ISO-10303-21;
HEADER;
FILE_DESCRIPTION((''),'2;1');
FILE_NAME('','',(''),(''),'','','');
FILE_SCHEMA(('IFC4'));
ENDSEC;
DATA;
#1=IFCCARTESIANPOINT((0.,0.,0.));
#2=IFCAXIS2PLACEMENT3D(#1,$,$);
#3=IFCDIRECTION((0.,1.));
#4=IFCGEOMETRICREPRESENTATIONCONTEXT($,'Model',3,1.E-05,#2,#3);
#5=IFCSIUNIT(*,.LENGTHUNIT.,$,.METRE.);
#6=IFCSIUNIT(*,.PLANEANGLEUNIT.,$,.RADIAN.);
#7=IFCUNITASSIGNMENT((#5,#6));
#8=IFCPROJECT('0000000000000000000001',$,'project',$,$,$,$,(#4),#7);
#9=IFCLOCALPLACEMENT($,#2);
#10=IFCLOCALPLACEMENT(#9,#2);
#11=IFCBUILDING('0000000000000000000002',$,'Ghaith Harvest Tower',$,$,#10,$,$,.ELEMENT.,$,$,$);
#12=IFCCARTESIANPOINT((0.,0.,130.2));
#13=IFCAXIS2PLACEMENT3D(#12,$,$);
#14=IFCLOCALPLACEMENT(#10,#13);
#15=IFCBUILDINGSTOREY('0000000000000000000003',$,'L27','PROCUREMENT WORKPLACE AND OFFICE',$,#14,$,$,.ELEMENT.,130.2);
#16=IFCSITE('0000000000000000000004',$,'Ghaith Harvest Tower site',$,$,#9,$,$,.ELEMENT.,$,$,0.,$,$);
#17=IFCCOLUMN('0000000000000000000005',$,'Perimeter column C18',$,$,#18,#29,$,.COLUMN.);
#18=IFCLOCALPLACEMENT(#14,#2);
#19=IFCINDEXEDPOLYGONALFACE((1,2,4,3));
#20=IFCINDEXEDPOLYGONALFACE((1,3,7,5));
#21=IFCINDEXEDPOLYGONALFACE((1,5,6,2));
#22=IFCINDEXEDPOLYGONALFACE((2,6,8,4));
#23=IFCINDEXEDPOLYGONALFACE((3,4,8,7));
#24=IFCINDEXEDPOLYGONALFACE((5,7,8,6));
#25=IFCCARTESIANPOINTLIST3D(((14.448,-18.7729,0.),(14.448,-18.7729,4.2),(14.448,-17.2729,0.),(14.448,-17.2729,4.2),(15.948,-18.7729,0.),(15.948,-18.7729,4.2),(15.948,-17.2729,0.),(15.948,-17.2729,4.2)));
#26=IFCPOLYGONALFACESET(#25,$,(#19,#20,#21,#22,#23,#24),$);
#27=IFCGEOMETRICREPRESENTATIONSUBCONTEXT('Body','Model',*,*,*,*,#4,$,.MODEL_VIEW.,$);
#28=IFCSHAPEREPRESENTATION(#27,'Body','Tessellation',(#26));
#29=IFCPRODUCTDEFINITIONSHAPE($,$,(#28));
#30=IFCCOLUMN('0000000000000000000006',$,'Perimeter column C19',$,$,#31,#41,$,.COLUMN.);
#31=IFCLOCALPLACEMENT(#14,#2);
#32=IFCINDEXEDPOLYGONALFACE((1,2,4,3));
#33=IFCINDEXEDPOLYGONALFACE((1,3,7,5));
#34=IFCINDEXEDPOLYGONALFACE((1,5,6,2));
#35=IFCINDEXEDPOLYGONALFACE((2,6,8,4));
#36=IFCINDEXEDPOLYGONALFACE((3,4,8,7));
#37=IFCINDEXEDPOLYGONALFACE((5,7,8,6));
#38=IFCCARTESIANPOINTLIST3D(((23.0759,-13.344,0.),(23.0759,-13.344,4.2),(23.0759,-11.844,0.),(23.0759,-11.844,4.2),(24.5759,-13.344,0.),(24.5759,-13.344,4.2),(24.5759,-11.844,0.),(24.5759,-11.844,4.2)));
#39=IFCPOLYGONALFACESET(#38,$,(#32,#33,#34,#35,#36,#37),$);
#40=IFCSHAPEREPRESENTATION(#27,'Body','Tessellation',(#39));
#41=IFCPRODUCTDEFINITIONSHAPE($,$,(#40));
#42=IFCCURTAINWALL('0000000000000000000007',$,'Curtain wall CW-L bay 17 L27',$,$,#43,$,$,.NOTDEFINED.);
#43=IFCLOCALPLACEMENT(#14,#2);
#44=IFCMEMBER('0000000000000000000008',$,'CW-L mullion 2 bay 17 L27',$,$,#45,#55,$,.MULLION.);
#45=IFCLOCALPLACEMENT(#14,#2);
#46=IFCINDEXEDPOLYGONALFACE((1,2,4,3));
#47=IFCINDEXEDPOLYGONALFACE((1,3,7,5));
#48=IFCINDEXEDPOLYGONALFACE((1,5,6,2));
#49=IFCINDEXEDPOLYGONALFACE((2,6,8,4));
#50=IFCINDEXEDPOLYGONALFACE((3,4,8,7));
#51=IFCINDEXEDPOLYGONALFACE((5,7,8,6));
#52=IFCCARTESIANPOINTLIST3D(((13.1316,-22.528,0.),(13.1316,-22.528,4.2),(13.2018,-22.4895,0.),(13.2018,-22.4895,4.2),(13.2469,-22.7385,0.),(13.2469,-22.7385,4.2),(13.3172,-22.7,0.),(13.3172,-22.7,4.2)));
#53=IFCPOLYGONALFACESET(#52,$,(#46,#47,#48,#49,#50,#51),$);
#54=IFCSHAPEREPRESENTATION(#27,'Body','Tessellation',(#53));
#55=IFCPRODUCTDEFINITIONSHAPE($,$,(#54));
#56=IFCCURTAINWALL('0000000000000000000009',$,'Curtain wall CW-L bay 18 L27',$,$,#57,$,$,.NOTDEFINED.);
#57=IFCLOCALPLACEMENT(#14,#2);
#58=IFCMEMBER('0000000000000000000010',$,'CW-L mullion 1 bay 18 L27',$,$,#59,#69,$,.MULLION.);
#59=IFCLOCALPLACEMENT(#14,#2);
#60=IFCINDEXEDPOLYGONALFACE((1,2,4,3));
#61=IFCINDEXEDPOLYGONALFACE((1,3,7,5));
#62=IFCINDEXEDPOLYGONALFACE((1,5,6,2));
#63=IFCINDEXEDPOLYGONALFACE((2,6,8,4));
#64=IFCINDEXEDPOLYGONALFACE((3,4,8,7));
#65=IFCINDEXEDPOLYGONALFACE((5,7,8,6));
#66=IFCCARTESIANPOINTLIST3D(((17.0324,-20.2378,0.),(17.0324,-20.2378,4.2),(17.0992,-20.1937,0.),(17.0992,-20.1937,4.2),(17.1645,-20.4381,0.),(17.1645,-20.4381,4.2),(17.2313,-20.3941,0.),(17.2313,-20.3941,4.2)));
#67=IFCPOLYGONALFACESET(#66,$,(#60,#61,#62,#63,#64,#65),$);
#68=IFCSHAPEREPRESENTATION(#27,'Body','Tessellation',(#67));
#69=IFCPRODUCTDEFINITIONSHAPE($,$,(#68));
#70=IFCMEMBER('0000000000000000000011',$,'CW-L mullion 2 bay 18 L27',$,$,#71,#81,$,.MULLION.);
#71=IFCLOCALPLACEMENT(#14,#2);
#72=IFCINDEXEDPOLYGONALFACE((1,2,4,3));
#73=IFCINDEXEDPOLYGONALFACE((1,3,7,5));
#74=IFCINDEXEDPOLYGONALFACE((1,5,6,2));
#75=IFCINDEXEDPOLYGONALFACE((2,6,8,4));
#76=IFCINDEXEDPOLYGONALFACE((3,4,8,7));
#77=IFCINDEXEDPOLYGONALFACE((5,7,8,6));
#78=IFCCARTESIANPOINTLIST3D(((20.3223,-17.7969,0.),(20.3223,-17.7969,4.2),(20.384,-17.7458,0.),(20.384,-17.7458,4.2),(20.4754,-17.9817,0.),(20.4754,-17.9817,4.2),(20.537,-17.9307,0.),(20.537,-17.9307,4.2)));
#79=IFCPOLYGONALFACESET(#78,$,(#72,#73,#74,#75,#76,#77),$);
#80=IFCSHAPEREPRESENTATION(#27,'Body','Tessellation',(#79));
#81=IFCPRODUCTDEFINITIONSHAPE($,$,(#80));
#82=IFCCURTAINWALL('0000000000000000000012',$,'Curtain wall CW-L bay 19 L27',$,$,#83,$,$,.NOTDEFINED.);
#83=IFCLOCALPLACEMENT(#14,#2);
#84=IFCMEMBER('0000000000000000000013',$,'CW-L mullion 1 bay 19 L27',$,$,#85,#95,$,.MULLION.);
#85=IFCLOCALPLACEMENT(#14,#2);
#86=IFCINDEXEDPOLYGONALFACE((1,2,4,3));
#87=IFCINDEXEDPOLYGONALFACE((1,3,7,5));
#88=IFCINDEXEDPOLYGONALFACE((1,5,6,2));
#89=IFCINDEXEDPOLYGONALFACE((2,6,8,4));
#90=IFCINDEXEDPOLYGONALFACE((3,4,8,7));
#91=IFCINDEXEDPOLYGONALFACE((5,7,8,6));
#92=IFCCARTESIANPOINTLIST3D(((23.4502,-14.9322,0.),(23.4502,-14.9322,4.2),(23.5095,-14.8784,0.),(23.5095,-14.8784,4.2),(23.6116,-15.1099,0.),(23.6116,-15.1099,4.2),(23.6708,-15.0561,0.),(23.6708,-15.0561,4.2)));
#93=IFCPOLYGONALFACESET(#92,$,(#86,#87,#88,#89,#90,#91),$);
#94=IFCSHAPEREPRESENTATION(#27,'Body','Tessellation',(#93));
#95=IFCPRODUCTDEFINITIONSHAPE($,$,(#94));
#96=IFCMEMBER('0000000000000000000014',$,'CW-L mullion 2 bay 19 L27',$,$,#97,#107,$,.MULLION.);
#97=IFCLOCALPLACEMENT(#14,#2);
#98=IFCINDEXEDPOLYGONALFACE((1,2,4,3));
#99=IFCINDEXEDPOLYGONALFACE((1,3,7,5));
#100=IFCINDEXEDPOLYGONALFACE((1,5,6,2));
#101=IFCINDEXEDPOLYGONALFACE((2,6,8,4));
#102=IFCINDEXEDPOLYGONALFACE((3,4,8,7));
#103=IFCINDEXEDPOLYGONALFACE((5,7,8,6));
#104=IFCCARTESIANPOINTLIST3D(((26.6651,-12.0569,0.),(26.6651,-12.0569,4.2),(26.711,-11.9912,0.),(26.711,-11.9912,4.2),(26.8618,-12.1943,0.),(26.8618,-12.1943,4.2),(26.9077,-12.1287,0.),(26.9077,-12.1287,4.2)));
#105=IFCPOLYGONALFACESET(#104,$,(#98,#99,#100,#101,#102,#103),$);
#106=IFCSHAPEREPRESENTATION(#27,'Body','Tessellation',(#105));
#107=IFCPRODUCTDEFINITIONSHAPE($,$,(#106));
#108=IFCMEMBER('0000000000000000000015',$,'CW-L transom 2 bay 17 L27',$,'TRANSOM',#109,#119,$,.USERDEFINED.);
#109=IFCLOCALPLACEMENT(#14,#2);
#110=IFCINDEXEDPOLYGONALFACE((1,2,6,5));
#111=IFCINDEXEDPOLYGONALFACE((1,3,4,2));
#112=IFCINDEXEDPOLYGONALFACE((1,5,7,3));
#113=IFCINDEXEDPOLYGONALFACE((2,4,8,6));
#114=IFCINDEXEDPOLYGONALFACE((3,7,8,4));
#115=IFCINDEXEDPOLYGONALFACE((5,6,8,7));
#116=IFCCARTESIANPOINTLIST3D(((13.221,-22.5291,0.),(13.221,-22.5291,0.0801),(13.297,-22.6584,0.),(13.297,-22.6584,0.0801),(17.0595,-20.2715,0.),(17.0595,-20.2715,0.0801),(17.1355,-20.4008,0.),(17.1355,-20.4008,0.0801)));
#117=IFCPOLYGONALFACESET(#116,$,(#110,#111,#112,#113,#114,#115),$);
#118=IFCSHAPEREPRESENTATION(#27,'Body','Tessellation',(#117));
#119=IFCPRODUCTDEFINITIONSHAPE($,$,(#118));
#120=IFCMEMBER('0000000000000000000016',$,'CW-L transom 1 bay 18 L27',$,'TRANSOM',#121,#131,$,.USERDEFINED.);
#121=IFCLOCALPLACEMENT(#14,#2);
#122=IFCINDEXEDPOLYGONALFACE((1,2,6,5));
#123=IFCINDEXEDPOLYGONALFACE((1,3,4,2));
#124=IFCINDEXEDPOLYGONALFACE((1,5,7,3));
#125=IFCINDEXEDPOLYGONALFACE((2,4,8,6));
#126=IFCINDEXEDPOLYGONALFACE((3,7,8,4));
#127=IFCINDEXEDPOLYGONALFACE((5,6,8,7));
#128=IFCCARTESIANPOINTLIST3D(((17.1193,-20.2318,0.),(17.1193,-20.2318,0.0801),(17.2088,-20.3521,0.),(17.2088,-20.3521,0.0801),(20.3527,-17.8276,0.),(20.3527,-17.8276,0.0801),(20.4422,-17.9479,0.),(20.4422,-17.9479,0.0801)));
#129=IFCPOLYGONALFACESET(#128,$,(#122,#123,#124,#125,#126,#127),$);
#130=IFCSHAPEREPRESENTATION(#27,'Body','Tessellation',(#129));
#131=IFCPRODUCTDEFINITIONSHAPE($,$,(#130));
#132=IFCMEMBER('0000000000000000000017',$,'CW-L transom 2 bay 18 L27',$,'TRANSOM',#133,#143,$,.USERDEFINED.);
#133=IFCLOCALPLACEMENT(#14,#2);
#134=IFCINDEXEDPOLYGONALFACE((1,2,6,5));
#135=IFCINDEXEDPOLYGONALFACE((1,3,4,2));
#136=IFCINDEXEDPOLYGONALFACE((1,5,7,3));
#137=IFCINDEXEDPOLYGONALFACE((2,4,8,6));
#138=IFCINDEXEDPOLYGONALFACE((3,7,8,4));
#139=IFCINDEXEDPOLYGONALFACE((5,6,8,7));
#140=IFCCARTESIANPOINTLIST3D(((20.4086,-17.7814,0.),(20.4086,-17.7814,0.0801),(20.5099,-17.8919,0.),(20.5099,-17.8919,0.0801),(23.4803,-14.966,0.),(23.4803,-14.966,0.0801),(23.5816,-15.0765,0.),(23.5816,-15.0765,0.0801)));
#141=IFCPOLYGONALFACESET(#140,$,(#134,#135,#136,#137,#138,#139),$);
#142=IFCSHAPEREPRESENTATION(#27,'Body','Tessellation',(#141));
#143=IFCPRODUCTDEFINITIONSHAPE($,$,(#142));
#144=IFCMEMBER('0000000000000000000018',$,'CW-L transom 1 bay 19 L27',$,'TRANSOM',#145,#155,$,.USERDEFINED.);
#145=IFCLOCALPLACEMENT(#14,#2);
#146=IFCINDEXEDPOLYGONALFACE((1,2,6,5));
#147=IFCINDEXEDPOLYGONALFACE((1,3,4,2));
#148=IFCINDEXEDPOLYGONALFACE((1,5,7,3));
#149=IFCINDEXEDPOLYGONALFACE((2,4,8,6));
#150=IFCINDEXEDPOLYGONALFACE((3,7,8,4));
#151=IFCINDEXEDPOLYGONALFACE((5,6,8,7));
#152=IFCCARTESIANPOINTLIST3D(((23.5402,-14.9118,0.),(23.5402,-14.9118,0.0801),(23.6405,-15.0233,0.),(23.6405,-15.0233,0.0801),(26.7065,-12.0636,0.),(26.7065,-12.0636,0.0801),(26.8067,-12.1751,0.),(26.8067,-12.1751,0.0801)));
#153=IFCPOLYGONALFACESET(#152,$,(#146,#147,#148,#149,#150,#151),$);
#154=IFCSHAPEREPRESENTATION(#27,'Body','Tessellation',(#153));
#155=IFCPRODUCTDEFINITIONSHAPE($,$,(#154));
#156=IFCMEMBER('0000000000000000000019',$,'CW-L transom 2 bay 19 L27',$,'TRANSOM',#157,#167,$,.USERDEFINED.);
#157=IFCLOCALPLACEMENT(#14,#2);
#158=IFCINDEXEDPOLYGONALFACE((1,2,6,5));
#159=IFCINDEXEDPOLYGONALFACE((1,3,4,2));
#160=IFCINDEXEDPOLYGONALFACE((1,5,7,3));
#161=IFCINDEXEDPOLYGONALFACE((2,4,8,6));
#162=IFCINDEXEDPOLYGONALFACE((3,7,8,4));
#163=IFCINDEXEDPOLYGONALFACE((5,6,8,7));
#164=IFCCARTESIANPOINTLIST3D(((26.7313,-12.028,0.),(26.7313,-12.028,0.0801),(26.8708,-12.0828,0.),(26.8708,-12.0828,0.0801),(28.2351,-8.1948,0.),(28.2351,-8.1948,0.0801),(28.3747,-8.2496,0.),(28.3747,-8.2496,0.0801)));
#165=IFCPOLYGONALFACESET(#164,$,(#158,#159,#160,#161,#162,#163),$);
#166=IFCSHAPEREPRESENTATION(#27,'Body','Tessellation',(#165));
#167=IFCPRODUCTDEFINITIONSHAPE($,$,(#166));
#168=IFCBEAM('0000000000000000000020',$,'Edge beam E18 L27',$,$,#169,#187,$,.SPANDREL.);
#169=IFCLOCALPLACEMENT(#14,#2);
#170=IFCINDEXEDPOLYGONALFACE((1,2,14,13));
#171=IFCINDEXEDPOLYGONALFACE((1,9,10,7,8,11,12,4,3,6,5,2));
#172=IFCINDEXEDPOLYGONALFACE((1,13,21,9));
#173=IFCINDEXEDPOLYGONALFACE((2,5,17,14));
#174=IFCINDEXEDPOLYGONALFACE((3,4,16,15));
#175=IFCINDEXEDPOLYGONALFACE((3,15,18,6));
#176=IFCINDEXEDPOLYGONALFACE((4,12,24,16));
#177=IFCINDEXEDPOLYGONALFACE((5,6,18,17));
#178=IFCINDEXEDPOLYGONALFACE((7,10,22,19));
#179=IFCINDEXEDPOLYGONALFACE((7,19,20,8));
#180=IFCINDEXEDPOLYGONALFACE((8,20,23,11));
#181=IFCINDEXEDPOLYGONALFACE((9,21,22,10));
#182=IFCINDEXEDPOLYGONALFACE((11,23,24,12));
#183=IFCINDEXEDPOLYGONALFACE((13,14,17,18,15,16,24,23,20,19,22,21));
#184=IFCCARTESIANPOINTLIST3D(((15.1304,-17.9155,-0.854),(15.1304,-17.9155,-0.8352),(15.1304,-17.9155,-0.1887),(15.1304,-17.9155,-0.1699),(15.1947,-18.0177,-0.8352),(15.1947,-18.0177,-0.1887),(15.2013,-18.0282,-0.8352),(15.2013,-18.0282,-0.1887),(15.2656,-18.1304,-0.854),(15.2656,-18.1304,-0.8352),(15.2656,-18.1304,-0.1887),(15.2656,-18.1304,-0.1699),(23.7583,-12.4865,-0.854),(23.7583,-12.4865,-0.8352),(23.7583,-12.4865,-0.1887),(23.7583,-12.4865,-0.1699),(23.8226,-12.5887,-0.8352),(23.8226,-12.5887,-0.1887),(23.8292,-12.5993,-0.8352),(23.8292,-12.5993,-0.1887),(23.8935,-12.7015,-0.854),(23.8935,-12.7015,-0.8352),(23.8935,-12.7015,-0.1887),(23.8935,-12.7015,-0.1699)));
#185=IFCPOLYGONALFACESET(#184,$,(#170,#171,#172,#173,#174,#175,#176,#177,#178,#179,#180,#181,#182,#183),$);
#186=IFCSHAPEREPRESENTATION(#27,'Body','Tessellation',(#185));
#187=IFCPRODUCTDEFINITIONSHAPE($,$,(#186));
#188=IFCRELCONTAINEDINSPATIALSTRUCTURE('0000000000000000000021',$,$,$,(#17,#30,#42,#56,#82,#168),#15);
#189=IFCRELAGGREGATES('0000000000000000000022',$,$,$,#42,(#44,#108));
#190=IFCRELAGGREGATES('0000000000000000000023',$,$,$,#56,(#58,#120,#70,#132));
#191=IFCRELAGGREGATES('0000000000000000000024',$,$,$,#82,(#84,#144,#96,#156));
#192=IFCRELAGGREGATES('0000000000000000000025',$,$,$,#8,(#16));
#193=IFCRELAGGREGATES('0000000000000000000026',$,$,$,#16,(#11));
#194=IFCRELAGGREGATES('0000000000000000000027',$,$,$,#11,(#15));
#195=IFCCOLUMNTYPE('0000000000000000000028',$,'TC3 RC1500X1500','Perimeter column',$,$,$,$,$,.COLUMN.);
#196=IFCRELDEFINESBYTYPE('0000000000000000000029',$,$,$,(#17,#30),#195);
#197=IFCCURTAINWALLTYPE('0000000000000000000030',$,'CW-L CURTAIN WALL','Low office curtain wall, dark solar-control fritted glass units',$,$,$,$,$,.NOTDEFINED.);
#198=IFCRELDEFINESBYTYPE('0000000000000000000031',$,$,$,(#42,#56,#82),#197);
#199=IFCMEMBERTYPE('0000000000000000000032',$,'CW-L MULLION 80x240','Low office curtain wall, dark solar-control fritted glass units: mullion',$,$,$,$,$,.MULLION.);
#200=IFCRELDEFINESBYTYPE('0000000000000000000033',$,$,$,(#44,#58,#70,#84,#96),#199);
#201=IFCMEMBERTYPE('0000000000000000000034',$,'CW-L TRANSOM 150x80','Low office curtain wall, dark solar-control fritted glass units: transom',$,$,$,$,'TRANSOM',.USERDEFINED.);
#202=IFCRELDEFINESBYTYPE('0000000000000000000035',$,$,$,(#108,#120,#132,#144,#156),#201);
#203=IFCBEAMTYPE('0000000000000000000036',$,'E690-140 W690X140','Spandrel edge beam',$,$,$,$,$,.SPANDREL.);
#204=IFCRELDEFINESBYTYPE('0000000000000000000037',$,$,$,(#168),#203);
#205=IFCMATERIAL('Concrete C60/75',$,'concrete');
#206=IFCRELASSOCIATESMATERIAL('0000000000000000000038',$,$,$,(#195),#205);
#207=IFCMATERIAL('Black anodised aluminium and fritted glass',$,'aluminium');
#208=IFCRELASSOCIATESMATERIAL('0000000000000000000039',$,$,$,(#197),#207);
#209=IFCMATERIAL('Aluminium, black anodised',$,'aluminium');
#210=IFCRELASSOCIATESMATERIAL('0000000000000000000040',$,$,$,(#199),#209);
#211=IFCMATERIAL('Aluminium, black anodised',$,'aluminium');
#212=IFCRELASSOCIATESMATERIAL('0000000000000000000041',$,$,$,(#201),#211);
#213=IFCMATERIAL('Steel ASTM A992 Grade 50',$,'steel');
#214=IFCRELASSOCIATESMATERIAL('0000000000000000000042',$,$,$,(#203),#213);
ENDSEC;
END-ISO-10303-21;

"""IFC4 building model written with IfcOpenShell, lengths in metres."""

from ifc_helpers import new_model, si_unit, direction, frame, origin, origin_2d, place, context, subcontext, project, spatial, rectangle, i_section, extrude, material, material_profile, profile_set, type_object, element, aggregate, save


model = new_model("IFC4")

# Units and contexts
model_context = context("Model", 3, precision=1e-05, world=origin(), true_north=direction((0.0, 1.0)))
body_context = subcontext(model_context, "Body", "Model", "MODEL_VIEW")
ifc_project = project(units=[si_unit("LENGTHUNIT", "METRE"), si_unit("PLANEANGLEUNIT", "RADIAN")], contexts=[model_context])

# Site, building, storey
site_placement = place(None, origin())
site = spatial("IfcSite", under=ifc_project, at=site_placement, Name="Ghaith Harvest Tower site", CompositionType="ELEMENT", RefElevation=0.0)
building_placement = place(site_placement, origin())
building = spatial("IfcBuilding", under=site, at=building_placement, Name="Ghaith Harvest Tower", CompositionType="ELEMENT")
storey_placement = place(building_placement, frame((0.0, 0.0, 130.2)))
storey = spatial("IfcBuildingStorey", under=building, at=storey_placement, Name="L27", Description="PROCUREMENT WORKPLACE AND OFFICE", CompositionType="ELEMENT", Elevation=130.2)

# Columns
ifc_material_1 = material(Name="Concrete C60/75", Category="concrete")
ifc_material_profile_1 = material_profile(ifc_material_1, rectangle(XDim=1.5, YDim=1.5, at=origin_2d()), Name="RC1500X1500")
ifc_profile_set_1 = profile_set([ifc_material_profile_1], Name="Concrete C60/75")
column_type = type_object("IfcColumnType", Name="TC3 RC1500X1500", Description="Perimeter column", PredefinedType="COLUMN", material=ifc_profile_set_1)
for number, where, z_axis, x_axis, name in (
    (1, (15.198, -18.0229, 0.0), (0.0, 0.0, 1.0), (1.0, 0.0, 0.0), "Perimeter column C18"),
    (2, (23.8259, -12.594, 0.0), (0.0, 0.0, 1.0), (1.0, 0.0, 0.0), "Perimeter column C19"),
):
    element("IfcColumn", number, at=place(storey_placement, frame(where, z_axis=z_axis, x_axis=x_axis)), inside=storey, type_object=column_type, Name=name, PredefinedType="COLUMN", context=body_context, shape_type="SweptSolid", body=[
        extrude(rectangle(XDim=1.5, YDim=1.5, at=origin_2d()), origin(), (0.0, 0.0, 1.0), 4.2),
    ])

# Curtain wall, member
ifc_material_2 = material(Name="Black anodised aluminium and fritted glass", Category="aluminium")
curtain_wall_type = type_object("IfcCurtainWallType", Name="CW-L CURTAIN WALL", Description="Low office curtain wall, dark solar-control fritted glass units", PredefinedType="NOTDEFINED", material=ifc_material_2)
curtain_wall_1_placement = place(storey_placement, origin())
curtain_wall_1 = element("IfcCurtainWall", 3, at=curtain_wall_1_placement, inside=storey, type_object=curtain_wall_type, Name="Curtain wall CW-L bay 17 L27", PredefinedType="NOTDEFINED")
ifc_material_3 = material(Name="Aluminium, black anodised", Category="aluminium")
ifc_material_profile_2 = material_profile(ifc_material_3, rectangle(XDim=0.0801, YDim=0.24, at=origin_2d()), Name="CW-L MULLION 80x240")
ifc_profile_set_2 = profile_set([ifc_material_profile_2], Name="Aluminium, black anodised")
member_type_1 = type_object("IfcMemberType", Name="CW-L MULLION 80x240", Description="Low office curtain wall, dark solar-control fritted glass units: mullion", PredefinedType="MULLION", material=ifc_profile_set_2)
member_1_placement = place(storey_placement, frame((13.2244, -22.614, 0.0), z_axis=(0.0, 0.0, 1.0), x_axis=(0.876899, 0.480675, 0.0)))
member_1 = element("IfcMember", 4, at=member_1_placement, type_object=member_type_1, Name="CW-L mullion 2 bay 17 L27", PredefinedType="MULLION", context=body_context, shape_type="SweptSolid", body=[
    extrude(rectangle(XDim=0.0801, YDim=0.24, at=origin_2d()), origin(), (0.0, 0.0, 1.0), 4.2),
])

# Curtain walls, members
curtain_wall_2_placement = place(storey_placement, origin())
curtain_wall_2 = element("IfcCurtainWall", 5, at=curtain_wall_2_placement, inside=storey, type_object=curtain_wall_type, Name="Curtain wall CW-L bay 18 L27", PredefinedType="NOTDEFINED")
member_2_placement = place(storey_placement, frame((17.1318, -20.3159, 0.0), z_axis=(0.0, 0.0, 1.0), x_axis=(0.834887, 0.550421, 0.0)))
member_2 = element("IfcMember", 6, at=member_2_placement, type_object=member_type_1, Name="CW-L mullion 1 bay 18 L27", PredefinedType="MULLION", context=body_context, shape_type="SweptSolid", body=[
    extrude(rectangle(XDim=0.0801, YDim=0.24, at=origin_2d()), origin(), (0.0, 0.0, 1.0), 4.2),
])
member_3_placement = place(storey_placement, frame((20.4297, -17.8638, 0.0), z_axis=(0.0, 0.0, 1.0), x_axis=(0.770306, 0.637674, 0.0)))
member_3 = element("IfcMember", 7, at=member_3_placement, type_object=member_type_1, Name="CW-L mullion 2 bay 18 L27", PredefinedType="MULLION", context=body_context, shape_type="SweptSolid", body=[
    extrude(rectangle(XDim=0.0801, YDim=0.24, at=origin_2d()), origin(), (0.0, 0.0, 1.0), 4.2),
])
curtain_wall_3_placement = place(storey_placement, origin())
curtain_wall_3 = element("IfcCurtainWall", 8, at=curtain_wall_3_placement, inside=storey, type_object=curtain_wall_type, Name="Curtain wall CW-L bay 19 L27", PredefinedType="NOTDEFINED")
member_4_placement = place(storey_placement, frame((23.5605, -14.9941, 0.0), z_axis=(0.0, 0.0, 1.0), x_axis=(0.740389, 0.672179, 0.0)))
member_4 = element("IfcMember", 9, at=member_4_placement, type_object=member_type_1, Name="CW-L mullion 1 bay 19 L27", PredefinedType="MULLION", context=body_context, shape_type="SweptSolid", body=[
    extrude(rectangle(XDim=0.0801, YDim=0.24, at=origin_2d()), origin(), (0.0, 0.0, 1.0), 4.2),
])
member_5_placement = place(storey_placement, frame((26.7864, -12.0928, 0.0), z_axis=(0.0, 0.0, 1.0), x_axis=(0.572853, 0.819658, 0.0)))
member_5 = element("IfcMember", 10, at=member_5_placement, type_object=member_type_1, Name="CW-L mullion 2 bay 19 L27", PredefinedType="MULLION", context=body_context, shape_type="SweptSolid", body=[
    extrude(rectangle(XDim=0.0801, YDim=0.24, at=origin_2d()), origin(), (0.0, 0.0, 1.0), 4.2),
])

# Members
ifc_material_4 = material(Name="Aluminium, black anodised", Category="aluminium")
ifc_material_profile_3 = material_profile(ifc_material_4, rectangle(XDim=0.1499, YDim=0.0801, at=origin_2d()), Name="CW-L TRANSOM 150x80")
ifc_profile_set_3 = profile_set([ifc_material_profile_3], Name="Aluminium, black anodised")
member_type_2 = type_object("IfcMemberType", Name="CW-L TRANSOM 150x80", Description="Low office curtain wall, dark solar-control fritted glass units: transom", ElementType="TRANSOM", PredefinedType="USERDEFINED", material=ifc_profile_set_3)
member_6_placement = place(storey_placement, frame((13.259, -22.5938, 0.04), z_axis=(0.861964, 0.50697, 0.0), x_axis=(-0.50697, 0.861964, 0.0)))
member_6 = element("IfcMember", 11, at=member_6_placement, type_object=member_type_2, Name="CW-L transom 2 bay 17 L27", ObjectType="TRANSOM", PredefinedType="USERDEFINED", context=body_context, shape_type="SweptSolid", body=[
    extrude(rectangle(XDim=0.1499, YDim=0.0801, at=origin_2d()), origin(), (0.0, 0.0, 1.0), 4.4531),
])
member_7_placement = place(storey_placement, frame((17.1641, -20.292, 0.04), z_axis=(0.802465, 0.596699, 0.0), x_axis=(-0.596699, 0.802465, 0.0)))
member_7 = element("IfcMember", 12, at=member_7_placement, type_object=member_type_2, Name="CW-L transom 1 bay 18 L27", ObjectType="TRANSOM", PredefinedType="USERDEFINED", context=body_context, shape_type="SweptSolid", body=[
    extrude(rectangle(XDim=0.1499, YDim=0.0801, at=origin_2d()), origin(), (0.0, 0.0, 1.0), 4.0293),
])
member_8_placement = place(storey_placement, frame((20.4592, -17.8367, 0.04), z_axis=(0.737198, 0.675677, 0.0), x_axis=(-0.675677, 0.737198, 0.0)))
member_8 = element("IfcMember", 13, at=member_8_placement, type_object=member_type_2, Name="CW-L transom 2 bay 18 L27", ObjectType="TRANSOM", PredefinedType="USERDEFINED", context=body_context, shape_type="SweptSolid", body=[
    extrude(rectangle(XDim=0.1499, YDim=0.0801, at=origin_2d()), origin(), (0.0, 0.0, 1.0), 4.1667),
])
member_9_placement = place(storey_placement, frame((23.5903, -14.9675, 0.04), z_axis=(0.743468, 0.668772, 0.0), x_axis=(-0.668772, 0.743468, 0.0)))
member_9 = element("IfcMember", 14, at=member_9_placement, type_object=member_type_2, Name="CW-L transom 1 bay 19 L27", ObjectType="TRANSOM", PredefinedType="USERDEFINED", context=body_context, shape_type="SweptSolid", body=[
    extrude(rectangle(XDim=0.1499, YDim=0.0801, at=origin_2d()), origin(), (0.0, 0.0, 1.0), 4.2588),
])
member_10_placement = place(storey_placement, frame((26.801, -12.0554, 0.04), z_axis=(0.365229, 0.930918, 0.0), x_axis=(-0.930918, 0.365229, 0.0)))
member_10 = element("IfcMember", 15, at=member_10_placement, type_object=member_type_2, Name="CW-L transom 2 bay 19 L27", ObjectType="TRANSOM", PredefinedType="USERDEFINED", context=body_context, shape_type="SweptSolid", body=[
    extrude(rectangle(XDim=0.1499, YDim=0.0801, at=origin_2d()), origin(), (0.0, 0.0, 1.0), 4.1177),
])

# Beam
ifc_material_5 = material(Name="Steel ASTM A992 Grade 50", Category="steel")
ifc_material_profile_4 = material_profile(ifc_material_5, i_section(OverallWidth=0.2539, OverallDepth=0.6841, WebThickness=0.0125, FlangeThickness=0.0188, at=origin_2d()), Name="W690X140")
ifc_profile_set_4 = profile_set([ifc_material_profile_4], Name="Steel ASTM A992 Grade 50")
beam_type_1 = type_object("IfcBeamType", Name="E690-140 W690X140", Description="Spandrel edge beam", PredefinedType="SPANDREL", material=ifc_profile_set_4)
beam_1_placement = place(storey_placement, frame((15.198, -18.0229, -0.512), z_axis=(0.846385, 0.532571, 0.0), x_axis=(-0.532571, 0.846385, 0.0)))
element("IfcBeam", 16, at=beam_1_placement, inside=storey, type_object=beam_type_1, Name="Edge beam E18 L27", PredefinedType="SPANDREL", context=body_context, shape_type="SweptSolid", body=[
    extrude(i_section(OverallWidth=0.2539, OverallDepth=0.6841, WebThickness=0.0125, FlangeThickness=0.0188, at=origin_2d()), origin(), (0.0, 0.0, 1.0), 10.1938),
])

aggregate(curtain_wall_1, [member_1, member_6])
aggregate(curtain_wall_2, [member_2, member_7, member_3, member_8])
aggregate(curtain_wall_3, [member_4, member_9, member_5, member_10])

save(model, "model.ifc")
